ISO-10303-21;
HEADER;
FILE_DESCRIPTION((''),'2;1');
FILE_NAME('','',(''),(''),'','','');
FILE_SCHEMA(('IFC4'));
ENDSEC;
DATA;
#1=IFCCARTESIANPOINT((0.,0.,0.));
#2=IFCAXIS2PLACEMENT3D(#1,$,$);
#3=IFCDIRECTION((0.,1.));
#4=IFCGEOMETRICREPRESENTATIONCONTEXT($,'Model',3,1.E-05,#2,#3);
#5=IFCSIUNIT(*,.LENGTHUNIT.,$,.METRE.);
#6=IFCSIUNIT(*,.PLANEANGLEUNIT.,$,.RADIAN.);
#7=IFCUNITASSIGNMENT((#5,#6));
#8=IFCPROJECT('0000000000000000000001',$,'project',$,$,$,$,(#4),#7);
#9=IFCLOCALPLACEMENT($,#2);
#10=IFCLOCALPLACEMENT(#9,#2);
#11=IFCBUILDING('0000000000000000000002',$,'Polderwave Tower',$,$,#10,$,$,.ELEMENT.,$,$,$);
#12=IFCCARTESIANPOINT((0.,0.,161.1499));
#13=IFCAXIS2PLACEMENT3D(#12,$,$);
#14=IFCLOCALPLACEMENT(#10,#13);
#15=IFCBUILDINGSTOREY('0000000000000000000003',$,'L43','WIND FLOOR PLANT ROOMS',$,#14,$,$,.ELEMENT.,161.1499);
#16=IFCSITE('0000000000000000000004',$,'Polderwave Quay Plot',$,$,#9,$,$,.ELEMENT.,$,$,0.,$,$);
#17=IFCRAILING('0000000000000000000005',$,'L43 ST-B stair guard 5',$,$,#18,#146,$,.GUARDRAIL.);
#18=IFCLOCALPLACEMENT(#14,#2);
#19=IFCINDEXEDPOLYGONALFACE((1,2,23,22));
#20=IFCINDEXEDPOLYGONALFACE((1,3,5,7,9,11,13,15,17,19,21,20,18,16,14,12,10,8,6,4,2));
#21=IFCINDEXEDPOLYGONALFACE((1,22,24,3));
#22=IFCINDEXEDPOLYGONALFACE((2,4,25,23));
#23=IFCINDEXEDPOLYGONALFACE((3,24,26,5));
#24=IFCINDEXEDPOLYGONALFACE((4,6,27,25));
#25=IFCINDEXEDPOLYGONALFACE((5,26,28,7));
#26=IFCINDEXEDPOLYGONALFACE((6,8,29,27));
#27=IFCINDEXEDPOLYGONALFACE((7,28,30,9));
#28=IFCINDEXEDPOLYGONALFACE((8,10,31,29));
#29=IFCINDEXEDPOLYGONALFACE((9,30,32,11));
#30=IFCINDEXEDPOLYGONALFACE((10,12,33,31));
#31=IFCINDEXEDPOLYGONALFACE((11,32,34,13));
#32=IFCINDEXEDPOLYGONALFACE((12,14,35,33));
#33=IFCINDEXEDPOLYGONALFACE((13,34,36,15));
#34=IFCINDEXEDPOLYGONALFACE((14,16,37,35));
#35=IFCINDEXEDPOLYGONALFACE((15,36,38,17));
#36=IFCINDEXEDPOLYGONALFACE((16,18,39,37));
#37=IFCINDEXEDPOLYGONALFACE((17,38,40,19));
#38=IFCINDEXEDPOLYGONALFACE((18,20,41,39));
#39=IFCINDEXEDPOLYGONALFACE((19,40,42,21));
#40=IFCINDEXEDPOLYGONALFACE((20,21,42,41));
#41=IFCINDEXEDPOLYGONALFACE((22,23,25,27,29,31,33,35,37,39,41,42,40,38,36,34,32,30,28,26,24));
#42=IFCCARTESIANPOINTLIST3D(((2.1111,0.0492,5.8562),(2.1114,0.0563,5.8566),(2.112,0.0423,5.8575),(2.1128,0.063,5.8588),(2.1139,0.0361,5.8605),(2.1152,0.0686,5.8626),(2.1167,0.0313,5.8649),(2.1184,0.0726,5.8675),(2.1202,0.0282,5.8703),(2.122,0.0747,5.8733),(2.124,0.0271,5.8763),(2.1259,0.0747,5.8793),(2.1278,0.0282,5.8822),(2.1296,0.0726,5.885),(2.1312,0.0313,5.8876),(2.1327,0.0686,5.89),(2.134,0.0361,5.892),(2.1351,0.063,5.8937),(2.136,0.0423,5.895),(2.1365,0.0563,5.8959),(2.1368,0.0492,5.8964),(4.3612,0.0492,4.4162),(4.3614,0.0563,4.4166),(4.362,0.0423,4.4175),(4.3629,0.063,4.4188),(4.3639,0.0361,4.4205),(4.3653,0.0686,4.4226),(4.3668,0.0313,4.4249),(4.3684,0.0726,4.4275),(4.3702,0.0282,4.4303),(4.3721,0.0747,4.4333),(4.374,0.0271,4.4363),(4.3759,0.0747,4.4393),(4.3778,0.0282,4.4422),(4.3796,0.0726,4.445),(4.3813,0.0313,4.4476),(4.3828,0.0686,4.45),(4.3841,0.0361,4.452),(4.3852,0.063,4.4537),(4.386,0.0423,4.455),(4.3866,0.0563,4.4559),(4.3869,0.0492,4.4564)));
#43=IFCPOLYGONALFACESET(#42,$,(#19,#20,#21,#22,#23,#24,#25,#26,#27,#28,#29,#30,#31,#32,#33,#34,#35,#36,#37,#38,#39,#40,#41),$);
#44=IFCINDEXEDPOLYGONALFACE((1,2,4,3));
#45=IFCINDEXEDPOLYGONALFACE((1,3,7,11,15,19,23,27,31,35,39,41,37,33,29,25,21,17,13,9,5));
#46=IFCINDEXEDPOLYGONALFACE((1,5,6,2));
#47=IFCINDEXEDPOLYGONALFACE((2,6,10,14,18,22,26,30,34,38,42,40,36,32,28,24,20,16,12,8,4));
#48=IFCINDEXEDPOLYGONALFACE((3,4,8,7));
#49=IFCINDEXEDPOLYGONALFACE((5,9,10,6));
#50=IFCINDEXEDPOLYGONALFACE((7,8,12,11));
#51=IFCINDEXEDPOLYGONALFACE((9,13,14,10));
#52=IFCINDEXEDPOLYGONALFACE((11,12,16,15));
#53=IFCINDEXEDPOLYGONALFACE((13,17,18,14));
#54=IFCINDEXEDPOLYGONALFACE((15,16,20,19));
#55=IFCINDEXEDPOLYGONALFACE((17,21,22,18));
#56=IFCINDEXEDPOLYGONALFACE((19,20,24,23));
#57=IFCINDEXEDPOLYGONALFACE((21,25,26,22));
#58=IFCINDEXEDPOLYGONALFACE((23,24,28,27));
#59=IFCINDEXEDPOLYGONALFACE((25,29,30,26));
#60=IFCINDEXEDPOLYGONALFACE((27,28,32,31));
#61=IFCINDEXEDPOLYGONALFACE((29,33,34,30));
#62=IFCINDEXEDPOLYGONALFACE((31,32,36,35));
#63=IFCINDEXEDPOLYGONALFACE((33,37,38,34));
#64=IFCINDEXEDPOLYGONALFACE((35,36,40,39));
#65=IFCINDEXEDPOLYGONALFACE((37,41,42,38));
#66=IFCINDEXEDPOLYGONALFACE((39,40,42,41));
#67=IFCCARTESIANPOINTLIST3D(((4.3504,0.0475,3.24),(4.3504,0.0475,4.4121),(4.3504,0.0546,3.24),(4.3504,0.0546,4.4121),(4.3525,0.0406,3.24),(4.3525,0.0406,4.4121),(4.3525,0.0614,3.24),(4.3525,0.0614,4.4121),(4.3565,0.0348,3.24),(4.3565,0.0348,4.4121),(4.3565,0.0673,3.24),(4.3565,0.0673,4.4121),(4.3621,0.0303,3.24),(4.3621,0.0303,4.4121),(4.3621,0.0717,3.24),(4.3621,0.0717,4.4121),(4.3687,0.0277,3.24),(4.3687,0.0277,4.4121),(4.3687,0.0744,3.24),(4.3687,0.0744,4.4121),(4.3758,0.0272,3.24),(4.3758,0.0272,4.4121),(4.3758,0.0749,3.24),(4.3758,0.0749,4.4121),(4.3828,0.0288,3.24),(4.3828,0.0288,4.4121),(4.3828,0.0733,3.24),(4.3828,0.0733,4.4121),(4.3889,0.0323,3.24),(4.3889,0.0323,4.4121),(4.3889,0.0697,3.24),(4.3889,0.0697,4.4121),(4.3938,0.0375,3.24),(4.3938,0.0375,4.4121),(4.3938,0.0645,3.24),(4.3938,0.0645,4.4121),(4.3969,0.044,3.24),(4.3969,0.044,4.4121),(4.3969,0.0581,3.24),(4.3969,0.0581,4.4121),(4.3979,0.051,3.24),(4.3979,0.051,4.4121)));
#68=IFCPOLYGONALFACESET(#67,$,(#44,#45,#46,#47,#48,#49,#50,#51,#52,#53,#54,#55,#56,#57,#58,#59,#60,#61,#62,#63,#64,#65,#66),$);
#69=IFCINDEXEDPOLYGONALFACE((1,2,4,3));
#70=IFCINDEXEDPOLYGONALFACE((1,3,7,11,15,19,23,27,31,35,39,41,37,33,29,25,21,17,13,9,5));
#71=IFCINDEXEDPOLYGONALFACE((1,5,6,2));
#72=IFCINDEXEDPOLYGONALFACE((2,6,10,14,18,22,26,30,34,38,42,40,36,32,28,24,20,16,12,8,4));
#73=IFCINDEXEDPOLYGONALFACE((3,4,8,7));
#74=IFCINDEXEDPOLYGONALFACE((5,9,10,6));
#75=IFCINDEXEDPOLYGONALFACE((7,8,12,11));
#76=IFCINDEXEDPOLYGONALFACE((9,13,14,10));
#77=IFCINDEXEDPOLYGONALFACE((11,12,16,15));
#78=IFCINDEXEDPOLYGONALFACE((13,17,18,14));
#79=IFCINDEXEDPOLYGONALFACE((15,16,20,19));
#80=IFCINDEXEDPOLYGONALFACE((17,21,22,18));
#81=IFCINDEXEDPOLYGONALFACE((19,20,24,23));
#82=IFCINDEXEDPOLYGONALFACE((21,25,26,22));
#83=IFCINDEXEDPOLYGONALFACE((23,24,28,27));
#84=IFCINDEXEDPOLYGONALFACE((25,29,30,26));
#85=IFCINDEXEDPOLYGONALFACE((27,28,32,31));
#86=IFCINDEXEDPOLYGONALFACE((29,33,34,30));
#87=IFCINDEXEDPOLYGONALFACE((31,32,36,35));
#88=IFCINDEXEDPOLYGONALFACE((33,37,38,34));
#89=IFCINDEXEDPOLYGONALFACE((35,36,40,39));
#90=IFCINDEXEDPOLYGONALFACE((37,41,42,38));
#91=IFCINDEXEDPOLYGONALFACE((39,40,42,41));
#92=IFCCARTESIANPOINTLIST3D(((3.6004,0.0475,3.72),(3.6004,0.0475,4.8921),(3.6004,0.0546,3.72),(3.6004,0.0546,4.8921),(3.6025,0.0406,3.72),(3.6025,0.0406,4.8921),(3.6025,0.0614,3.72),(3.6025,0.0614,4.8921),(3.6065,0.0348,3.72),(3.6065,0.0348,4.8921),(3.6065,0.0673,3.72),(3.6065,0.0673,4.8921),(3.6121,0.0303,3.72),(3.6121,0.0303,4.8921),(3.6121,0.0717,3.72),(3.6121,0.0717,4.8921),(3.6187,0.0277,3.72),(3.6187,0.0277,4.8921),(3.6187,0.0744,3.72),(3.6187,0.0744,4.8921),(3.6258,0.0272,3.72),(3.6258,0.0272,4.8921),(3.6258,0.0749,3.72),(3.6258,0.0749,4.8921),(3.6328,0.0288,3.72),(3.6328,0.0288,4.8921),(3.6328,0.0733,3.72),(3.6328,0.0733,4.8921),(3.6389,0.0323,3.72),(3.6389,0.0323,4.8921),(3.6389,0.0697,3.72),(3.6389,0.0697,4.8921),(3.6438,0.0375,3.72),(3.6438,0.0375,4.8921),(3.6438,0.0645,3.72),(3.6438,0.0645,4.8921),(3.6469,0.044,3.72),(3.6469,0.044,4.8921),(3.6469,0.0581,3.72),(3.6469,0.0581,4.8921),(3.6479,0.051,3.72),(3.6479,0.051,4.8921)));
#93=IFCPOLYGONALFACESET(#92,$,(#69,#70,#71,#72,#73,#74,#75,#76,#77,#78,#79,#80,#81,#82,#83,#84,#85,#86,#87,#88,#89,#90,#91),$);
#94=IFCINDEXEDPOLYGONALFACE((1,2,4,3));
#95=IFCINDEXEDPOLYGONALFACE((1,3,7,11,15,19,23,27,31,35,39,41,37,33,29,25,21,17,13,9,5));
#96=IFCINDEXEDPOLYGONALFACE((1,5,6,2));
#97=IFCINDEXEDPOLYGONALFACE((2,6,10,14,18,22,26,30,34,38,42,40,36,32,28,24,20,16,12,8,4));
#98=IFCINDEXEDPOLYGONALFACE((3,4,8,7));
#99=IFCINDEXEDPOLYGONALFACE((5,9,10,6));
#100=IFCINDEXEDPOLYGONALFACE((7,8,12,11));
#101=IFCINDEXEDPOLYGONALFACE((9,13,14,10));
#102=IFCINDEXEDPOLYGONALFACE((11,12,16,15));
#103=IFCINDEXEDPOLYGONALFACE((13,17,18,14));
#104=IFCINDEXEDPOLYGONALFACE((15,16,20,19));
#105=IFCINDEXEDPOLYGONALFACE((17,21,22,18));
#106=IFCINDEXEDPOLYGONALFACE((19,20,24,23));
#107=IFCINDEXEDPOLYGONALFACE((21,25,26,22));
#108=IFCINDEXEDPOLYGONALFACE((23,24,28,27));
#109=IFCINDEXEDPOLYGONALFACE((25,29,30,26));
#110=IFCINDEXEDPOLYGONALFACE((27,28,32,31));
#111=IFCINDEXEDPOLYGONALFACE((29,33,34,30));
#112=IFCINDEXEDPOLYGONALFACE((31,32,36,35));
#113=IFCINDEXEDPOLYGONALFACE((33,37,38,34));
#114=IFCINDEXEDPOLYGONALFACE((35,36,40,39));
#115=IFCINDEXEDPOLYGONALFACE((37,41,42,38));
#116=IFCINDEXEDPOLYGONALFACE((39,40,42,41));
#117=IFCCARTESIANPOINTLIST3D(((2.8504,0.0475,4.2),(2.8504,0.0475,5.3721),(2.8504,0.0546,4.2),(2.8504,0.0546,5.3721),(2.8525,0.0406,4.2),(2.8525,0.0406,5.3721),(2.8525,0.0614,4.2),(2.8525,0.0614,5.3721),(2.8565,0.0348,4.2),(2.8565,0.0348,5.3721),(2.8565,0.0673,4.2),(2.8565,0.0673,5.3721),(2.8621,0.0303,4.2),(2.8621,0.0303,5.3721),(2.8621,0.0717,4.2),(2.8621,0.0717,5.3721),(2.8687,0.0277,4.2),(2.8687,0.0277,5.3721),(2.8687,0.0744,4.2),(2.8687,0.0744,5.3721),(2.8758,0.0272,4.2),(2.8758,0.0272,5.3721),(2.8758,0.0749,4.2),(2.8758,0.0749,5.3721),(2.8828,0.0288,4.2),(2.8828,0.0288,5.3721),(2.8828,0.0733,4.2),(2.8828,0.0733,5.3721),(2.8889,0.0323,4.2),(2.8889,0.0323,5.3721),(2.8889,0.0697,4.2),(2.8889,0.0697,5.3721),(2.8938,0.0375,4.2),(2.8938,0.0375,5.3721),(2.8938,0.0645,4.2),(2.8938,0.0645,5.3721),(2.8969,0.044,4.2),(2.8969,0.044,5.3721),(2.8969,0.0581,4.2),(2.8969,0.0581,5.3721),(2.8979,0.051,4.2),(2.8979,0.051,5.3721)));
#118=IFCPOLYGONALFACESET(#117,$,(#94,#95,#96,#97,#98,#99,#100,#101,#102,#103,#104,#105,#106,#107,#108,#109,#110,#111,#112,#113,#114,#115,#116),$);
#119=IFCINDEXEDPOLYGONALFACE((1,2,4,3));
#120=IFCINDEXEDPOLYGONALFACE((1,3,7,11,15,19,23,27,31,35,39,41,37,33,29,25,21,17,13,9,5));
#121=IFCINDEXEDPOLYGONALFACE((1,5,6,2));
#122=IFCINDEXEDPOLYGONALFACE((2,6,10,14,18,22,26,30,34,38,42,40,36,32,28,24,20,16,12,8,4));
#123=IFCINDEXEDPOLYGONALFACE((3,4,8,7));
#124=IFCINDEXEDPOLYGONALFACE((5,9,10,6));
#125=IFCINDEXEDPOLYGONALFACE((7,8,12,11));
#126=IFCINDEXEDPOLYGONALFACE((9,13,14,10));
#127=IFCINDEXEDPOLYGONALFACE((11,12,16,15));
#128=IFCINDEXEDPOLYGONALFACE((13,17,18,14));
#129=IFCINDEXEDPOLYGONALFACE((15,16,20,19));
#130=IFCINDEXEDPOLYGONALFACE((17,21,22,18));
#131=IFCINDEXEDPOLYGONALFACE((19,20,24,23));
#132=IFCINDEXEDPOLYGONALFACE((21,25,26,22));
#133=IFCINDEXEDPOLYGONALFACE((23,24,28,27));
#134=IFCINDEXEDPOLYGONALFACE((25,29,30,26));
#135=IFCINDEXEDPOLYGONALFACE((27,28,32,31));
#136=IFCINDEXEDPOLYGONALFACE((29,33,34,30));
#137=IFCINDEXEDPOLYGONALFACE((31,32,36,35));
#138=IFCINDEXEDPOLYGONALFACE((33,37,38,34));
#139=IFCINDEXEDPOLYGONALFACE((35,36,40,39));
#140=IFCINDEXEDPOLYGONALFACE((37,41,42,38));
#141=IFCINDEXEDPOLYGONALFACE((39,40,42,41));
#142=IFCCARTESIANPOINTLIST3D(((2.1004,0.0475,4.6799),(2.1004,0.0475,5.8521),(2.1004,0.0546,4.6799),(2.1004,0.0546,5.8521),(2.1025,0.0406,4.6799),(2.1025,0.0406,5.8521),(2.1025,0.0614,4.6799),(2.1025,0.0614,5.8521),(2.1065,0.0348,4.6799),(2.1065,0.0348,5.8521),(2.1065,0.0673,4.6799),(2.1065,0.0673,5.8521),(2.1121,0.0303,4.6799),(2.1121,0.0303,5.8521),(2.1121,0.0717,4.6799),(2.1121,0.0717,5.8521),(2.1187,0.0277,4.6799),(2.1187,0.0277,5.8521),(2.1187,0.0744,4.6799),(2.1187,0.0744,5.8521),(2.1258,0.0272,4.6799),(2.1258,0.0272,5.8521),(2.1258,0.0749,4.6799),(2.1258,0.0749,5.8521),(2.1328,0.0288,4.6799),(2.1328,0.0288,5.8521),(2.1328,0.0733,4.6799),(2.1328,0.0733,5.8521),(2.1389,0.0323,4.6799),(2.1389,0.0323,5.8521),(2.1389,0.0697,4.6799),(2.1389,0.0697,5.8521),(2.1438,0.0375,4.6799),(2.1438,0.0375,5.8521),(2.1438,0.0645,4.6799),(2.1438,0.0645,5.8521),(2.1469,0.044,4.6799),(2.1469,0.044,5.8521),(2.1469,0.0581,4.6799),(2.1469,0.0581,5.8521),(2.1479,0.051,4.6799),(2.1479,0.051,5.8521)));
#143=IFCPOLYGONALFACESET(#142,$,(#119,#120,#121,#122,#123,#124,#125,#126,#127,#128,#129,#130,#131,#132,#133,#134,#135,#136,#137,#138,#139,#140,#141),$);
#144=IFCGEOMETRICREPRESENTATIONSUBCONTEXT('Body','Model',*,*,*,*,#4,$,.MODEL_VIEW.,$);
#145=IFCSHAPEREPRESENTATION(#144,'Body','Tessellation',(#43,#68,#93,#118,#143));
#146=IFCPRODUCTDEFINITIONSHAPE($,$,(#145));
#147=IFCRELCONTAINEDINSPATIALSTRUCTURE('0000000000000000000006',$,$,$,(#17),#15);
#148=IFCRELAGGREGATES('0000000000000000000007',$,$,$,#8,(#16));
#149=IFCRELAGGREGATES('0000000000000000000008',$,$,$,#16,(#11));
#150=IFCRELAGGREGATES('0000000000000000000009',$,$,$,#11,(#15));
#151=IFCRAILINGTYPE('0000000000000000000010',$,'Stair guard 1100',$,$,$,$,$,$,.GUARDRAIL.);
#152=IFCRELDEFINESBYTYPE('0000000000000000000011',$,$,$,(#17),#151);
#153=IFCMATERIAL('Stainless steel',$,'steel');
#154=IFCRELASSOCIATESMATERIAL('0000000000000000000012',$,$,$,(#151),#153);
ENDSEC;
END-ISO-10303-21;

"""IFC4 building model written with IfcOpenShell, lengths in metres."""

from ifc_helpers import new_model, si_unit, direction, frame, origin, origin_2d, place, context, subcontext, project, spatial, circle, extrude, material, type_object, element, save


model = new_model("IFC4")

# Units and contexts
model_context = context("Model", 3, precision=1e-05, world=origin(), true_north=direction((0.0, 1.0)))
body_context = subcontext(model_context, "Body", "Model", "MODEL_VIEW")
ifc_project = project(units=[si_unit("LENGTHUNIT", "METRE"), si_unit("PLANEANGLEUNIT", "RADIAN")], contexts=[model_context])

# Site, building, storey
site_placement = place(None, origin())
site = spatial("IfcSite", under=ifc_project, at=site_placement, Name="Polderwave Quay Plot", CompositionType="ELEMENT", RefElevation=0.0)
building_placement = place(site_placement, origin())
building = spatial("IfcBuilding", under=site, at=building_placement, Name="Polderwave Tower", CompositionType="ELEMENT")
storey_placement = place(building_placement, frame((0.0, 0.0, 161.1499)))
storey = spatial("IfcBuildingStorey", under=building, at=storey_placement, Name="L43", Description="WIND FLOOR PLANT ROOMS", CompositionType="ELEMENT", Elevation=161.1499)

# Railing
ifc_material_1 = material(Name="Stainless steel", Category="steel")
railing_type_1 = type_object("IfcRailingType", Name="Stair guard 1100", PredefinedType="GUARDRAIL", material=ifc_material_1)
railing_1_placement = place(storey_placement, frame((4.374, 0.051, 3.24)))
element("IfcRailing", 1, at=railing_1_placement, inside=storey, type_object=railing_type_1, Name="L43 ST-B stair guard 5", PredefinedType="GUARDRAIL", context=body_context, shape_type="SweptSolid", body=[
    extrude(circle(Radius=0.0239, at=origin_2d()), frame((0.0, 0.0, 1.1963), z_axis=(-0.842281, 0.0, 0.539038), x_axis=(0.0, -1.0, 0.0)), (0.0, 0.0, 1.0), 2.6714),
    extrude(circle(Radius=0.0239, at=origin_2d()), origin(), (0.0, 0.0, 1.0), 1.1721),
    extrude(circle(Radius=0.0239, at=origin_2d()), frame((-0.75, 0.0, 0.48)), (0.0, 0.0, 1.0), 1.1721),
    extrude(circle(Radius=0.0239, at=origin_2d()), frame((-1.5, 0.0, 0.96)), (0.0, 0.0, 1.0), 1.1721),
    extrude(circle(Radius=0.0239, at=origin_2d()), frame((-2.25, 0.0, 1.4399)), (0.0, 0.0, 1.0), 1.1721),
])

save(model, "model.ifc")
